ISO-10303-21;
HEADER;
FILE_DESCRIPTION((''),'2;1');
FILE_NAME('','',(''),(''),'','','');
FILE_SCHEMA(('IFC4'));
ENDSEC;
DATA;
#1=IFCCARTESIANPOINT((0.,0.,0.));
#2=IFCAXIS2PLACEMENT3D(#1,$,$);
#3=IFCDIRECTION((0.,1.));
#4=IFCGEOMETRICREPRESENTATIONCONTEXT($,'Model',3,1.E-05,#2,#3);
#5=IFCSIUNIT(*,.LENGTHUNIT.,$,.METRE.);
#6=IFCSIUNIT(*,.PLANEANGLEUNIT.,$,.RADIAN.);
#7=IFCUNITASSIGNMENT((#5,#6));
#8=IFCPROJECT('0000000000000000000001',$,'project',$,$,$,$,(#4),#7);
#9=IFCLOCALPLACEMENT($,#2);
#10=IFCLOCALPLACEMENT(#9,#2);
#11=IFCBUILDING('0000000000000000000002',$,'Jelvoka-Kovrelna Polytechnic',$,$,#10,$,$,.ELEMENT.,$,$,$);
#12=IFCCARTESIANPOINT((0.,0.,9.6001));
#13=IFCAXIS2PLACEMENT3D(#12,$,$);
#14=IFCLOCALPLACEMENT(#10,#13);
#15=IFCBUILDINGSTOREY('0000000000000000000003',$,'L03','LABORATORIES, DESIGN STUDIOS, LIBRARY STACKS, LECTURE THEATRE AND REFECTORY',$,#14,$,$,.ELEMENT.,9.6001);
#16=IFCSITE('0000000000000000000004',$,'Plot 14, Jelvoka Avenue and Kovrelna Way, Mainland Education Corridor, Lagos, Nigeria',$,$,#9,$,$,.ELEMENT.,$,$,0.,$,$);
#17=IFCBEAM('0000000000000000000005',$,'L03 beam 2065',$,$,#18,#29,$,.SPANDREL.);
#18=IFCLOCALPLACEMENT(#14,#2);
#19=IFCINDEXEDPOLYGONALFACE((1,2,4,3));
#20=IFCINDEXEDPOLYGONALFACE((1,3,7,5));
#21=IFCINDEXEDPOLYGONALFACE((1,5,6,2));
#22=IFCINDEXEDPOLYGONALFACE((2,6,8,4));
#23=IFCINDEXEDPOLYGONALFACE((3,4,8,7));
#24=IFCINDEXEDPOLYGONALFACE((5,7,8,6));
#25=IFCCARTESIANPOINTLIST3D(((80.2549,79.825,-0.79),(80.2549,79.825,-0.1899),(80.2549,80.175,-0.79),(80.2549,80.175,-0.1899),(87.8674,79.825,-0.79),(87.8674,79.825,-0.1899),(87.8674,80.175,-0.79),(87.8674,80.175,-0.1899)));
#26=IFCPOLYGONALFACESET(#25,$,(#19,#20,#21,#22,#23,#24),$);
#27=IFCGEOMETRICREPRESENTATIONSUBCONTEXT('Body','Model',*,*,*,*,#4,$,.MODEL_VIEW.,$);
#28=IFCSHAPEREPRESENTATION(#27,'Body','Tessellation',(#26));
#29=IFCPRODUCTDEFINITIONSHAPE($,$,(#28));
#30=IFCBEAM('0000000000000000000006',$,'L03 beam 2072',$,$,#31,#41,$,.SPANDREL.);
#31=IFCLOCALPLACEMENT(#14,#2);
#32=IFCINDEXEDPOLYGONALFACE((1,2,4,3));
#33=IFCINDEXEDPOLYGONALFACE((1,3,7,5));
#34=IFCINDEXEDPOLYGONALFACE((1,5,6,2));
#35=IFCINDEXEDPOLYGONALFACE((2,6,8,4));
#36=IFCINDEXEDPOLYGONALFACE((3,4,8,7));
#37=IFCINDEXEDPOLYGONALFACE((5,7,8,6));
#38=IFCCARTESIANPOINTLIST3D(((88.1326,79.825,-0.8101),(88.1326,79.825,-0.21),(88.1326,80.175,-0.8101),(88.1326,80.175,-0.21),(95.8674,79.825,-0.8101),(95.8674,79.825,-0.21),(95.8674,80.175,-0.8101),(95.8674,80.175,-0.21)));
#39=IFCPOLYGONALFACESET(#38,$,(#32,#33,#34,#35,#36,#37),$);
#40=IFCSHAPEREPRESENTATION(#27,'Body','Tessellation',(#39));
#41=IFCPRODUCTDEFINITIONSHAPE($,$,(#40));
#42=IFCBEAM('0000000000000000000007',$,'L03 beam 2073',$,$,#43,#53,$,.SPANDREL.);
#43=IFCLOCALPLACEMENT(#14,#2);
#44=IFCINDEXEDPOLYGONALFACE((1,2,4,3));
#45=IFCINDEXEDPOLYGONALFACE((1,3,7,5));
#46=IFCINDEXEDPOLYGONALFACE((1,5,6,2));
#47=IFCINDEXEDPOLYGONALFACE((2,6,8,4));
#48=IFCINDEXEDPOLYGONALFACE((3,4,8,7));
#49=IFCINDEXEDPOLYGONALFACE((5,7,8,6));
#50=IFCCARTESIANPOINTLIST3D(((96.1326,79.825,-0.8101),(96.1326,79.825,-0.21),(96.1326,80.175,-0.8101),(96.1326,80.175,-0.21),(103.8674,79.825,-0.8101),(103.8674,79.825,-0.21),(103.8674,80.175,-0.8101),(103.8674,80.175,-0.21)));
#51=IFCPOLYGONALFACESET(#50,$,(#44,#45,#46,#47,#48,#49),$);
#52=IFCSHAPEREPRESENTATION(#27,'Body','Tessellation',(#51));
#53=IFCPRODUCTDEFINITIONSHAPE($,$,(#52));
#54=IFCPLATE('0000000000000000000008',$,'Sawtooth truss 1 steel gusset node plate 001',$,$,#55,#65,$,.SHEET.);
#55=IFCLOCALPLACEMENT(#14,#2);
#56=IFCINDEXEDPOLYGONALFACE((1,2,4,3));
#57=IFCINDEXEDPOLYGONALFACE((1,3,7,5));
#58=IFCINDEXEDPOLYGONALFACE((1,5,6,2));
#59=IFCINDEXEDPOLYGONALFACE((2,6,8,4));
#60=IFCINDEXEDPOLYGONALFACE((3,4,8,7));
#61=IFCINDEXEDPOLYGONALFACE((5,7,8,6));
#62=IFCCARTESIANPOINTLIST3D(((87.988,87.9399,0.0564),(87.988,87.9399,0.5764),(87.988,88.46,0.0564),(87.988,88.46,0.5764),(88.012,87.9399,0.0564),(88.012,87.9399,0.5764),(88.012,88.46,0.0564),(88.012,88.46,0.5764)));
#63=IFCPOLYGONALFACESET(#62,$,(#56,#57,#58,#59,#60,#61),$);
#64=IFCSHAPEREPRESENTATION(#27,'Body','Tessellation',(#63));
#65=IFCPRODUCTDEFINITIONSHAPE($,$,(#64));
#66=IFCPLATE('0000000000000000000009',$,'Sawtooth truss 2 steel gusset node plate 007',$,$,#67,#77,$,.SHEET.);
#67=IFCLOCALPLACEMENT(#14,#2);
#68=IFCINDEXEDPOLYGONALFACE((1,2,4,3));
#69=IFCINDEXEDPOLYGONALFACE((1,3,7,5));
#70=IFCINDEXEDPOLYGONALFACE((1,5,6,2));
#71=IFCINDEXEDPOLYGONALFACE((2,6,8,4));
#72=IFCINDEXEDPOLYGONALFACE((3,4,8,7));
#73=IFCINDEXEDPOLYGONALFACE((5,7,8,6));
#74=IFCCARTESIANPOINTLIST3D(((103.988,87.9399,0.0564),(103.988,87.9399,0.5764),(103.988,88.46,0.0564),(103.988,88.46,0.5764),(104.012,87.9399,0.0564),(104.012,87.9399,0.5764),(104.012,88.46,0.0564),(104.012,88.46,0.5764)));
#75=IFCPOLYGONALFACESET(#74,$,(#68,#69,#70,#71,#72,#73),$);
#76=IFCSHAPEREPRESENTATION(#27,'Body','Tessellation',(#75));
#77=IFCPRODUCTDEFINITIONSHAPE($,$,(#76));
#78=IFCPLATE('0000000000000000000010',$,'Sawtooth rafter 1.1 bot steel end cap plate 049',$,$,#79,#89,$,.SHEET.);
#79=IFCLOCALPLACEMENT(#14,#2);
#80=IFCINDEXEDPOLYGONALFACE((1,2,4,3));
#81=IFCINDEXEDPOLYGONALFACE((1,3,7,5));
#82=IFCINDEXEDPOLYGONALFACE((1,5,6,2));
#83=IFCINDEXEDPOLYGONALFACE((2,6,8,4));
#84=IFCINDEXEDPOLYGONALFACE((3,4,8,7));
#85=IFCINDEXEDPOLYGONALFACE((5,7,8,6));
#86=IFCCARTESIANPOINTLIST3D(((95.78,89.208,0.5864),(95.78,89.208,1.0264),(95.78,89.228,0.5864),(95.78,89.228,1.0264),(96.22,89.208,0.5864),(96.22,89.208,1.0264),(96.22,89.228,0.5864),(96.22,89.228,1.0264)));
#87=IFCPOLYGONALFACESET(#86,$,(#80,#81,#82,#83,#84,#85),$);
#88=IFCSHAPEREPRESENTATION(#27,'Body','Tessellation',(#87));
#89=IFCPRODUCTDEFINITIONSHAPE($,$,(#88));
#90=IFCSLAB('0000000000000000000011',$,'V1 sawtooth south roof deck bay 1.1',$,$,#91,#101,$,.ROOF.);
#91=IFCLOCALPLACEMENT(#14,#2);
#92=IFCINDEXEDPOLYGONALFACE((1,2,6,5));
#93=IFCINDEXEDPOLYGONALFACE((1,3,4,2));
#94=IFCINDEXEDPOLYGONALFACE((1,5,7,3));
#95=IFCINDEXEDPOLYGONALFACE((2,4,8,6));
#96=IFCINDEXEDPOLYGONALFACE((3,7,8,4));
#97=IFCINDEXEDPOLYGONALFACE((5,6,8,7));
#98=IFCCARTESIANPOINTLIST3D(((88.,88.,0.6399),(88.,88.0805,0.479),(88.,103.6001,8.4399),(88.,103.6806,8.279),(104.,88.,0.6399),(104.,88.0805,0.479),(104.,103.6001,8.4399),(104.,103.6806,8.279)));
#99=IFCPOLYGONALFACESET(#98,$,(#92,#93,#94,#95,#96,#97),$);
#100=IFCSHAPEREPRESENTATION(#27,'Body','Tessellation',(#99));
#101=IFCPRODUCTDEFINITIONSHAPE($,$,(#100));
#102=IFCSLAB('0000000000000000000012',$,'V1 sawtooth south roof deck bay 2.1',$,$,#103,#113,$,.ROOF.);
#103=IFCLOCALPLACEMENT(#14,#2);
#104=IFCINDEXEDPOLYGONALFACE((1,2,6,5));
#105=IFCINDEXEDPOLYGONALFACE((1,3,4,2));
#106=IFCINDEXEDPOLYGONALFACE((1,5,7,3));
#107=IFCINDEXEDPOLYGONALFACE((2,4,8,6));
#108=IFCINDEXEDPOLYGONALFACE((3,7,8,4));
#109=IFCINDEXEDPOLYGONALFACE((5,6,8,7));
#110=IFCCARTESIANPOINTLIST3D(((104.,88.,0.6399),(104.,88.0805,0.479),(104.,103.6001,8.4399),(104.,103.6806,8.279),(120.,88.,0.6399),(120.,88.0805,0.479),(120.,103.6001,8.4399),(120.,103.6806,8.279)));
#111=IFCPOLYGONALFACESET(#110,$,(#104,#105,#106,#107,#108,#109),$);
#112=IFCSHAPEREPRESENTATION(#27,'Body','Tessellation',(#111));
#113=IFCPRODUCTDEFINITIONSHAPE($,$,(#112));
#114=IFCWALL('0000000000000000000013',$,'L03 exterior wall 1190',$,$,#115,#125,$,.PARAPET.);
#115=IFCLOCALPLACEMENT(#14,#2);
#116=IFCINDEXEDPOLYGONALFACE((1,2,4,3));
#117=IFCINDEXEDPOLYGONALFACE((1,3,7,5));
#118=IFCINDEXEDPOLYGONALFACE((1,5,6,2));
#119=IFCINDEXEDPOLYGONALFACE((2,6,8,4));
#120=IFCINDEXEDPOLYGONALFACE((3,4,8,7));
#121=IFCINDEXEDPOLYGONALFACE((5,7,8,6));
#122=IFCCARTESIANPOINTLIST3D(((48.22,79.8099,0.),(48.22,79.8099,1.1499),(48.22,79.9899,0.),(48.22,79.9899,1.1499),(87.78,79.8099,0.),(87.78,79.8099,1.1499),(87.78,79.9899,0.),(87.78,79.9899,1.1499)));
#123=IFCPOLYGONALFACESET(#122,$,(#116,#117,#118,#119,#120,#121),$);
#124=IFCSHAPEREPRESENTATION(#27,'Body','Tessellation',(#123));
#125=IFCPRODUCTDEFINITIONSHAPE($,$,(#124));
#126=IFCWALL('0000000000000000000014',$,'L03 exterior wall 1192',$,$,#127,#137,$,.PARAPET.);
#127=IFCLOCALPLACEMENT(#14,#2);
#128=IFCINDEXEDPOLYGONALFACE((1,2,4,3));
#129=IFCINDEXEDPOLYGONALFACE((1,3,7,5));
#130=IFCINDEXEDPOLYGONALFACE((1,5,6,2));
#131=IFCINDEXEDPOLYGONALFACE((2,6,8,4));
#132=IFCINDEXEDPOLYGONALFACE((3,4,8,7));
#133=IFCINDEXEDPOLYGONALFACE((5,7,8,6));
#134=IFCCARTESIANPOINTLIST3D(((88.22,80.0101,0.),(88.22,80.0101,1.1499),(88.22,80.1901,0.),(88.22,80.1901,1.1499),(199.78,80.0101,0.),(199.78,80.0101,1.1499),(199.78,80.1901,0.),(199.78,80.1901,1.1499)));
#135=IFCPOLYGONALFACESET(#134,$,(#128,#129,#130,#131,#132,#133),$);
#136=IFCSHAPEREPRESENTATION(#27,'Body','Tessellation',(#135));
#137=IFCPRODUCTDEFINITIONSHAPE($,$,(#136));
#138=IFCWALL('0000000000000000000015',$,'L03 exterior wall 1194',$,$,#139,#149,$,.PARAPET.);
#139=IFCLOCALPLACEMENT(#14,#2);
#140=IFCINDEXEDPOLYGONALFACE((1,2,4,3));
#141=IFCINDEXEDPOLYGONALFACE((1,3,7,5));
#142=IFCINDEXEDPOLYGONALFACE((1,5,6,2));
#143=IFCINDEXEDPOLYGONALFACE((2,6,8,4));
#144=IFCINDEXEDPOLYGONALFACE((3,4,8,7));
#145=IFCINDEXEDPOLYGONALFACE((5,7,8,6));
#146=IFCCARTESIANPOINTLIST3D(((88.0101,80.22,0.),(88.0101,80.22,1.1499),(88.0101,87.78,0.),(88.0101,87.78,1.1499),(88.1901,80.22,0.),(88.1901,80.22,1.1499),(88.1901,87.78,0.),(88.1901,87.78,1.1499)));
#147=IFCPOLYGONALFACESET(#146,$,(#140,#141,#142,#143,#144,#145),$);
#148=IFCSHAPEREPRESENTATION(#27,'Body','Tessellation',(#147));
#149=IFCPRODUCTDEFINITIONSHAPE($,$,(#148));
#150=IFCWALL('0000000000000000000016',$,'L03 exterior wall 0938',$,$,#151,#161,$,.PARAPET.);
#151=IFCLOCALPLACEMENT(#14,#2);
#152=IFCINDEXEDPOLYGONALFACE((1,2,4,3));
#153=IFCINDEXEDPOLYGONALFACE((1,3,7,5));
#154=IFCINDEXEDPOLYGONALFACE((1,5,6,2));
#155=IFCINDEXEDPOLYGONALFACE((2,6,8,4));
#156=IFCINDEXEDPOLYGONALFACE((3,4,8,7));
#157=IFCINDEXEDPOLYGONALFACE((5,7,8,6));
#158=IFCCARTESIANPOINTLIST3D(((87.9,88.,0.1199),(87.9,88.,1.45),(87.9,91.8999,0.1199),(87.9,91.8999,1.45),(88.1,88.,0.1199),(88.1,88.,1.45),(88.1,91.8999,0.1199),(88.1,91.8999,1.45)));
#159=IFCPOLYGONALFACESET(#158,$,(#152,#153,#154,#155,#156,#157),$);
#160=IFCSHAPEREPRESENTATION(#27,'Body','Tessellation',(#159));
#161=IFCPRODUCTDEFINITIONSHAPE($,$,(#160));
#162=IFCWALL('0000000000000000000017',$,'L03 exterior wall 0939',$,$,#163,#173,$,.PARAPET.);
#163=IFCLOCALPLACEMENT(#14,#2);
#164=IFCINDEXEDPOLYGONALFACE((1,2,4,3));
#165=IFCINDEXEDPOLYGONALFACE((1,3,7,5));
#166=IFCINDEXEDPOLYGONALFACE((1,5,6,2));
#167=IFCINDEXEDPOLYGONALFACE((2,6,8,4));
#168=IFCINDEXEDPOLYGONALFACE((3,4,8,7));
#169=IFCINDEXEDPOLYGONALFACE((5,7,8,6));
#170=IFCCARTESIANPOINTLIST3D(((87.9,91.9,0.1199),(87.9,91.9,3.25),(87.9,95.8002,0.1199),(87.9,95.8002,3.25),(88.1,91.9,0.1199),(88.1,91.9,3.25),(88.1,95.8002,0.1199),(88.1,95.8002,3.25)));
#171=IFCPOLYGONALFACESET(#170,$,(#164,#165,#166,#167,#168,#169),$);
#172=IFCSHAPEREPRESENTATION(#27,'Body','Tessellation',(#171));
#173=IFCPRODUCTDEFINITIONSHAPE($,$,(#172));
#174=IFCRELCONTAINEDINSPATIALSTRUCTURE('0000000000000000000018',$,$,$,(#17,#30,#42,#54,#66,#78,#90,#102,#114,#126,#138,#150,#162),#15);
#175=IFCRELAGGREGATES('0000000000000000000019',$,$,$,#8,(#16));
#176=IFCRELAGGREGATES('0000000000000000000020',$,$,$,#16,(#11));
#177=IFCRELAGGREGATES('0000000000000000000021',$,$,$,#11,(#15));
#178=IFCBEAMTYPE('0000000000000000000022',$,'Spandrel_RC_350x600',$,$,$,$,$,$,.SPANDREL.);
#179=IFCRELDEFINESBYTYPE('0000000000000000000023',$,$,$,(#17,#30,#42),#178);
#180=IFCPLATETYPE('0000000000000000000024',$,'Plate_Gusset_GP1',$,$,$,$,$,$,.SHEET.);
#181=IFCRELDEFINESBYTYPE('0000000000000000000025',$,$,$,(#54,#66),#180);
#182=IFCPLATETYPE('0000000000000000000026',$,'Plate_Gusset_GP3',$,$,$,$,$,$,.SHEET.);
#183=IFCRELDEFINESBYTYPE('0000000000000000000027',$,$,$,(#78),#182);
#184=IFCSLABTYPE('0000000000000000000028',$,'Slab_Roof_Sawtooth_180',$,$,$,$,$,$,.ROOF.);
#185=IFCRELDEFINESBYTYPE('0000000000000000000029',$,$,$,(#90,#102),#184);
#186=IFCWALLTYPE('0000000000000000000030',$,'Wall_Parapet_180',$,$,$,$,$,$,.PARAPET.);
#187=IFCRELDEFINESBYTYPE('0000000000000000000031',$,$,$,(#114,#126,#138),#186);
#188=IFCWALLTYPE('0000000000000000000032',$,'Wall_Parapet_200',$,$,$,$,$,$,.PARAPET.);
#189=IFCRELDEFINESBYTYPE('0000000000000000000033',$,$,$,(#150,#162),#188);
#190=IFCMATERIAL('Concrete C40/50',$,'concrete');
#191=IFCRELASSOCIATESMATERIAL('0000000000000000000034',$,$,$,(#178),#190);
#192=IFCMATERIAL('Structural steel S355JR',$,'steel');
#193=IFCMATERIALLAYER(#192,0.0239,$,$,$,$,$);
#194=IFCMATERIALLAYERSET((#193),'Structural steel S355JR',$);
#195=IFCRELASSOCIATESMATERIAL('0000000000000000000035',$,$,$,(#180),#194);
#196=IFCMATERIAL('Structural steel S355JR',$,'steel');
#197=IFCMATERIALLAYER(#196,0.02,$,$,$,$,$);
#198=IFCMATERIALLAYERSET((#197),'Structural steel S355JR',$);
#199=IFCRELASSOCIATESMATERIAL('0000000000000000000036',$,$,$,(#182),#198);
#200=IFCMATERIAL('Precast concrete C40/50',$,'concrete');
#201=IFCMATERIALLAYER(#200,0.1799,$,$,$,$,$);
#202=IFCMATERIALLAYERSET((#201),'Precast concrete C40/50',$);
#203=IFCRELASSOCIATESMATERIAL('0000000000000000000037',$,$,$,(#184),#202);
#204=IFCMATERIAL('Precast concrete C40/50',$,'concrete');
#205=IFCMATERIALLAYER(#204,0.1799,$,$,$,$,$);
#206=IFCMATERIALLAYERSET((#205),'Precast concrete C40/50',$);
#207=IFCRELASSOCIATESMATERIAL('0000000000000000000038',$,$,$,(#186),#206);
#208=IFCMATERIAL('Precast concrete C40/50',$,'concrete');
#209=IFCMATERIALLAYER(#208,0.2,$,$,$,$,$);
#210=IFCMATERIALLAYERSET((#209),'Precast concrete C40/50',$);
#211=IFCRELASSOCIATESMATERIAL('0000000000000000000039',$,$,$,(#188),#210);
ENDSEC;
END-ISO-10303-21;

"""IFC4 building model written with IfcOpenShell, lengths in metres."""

from ifc_helpers import new_model, si_unit, direction, frame, frame_2d, origin, origin_2d, place, context, subcontext, project, spatial, polyline, rectangle, outline, extrude, material, layer, layer_set, material_profile, profile_set, type_object, element, save


model = new_model("IFC4")

# Units and contexts
model_context = context("Model", 3, precision=1e-05, world=origin(), true_north=direction((0.0, 1.0)))
body_context = subcontext(model_context, "Body", "Model", "MODEL_VIEW")
ifc_project = project(units=[si_unit("LENGTHUNIT", "METRE"), si_unit("PLANEANGLEUNIT", "RADIAN")], contexts=[model_context])

# Site, building, storey
site_placement = place(None, origin())
site = spatial("IfcSite", under=ifc_project, at=site_placement, Name="Plot 14, Jelvoka Avenue and Kovrelna Way, Mainland Education Corridor, Lagos, Nigeria", CompositionType="ELEMENT", RefElevation=0.0)
building_placement = place(site_placement, origin())
building = spatial("IfcBuilding", under=site, at=building_placement, Name="Jelvoka-Kovrelna Polytechnic", CompositionType="ELEMENT")
storey_placement = place(building_placement, frame((0.0, 0.0, 9.6001)))
storey = spatial("IfcBuildingStorey", under=building, at=storey_placement, Name="L03", Description="LABORATORIES, DESIGN STUDIOS, LIBRARY STACKS, LECTURE THEATRE AND REFECTORY", CompositionType="ELEMENT", Elevation=9.6001)

# Beams
ifc_material_1 = material(Name="Concrete C40/50", Category="concrete")
ifc_material_profile_1 = material_profile(ifc_material_1, rectangle(XDim=0.3501, YDim=0.6001, at=origin_2d()), Name="RC 350x600")
ifc_profile_set_1 = profile_set([ifc_material_profile_1], Name="Concrete C40/50")
beam_type_1 = type_object("IfcBeamType", Name="Spandrel_RC_350x600", PredefinedType="SPANDREL", material=ifc_profile_set_1)
beam_1_placement = place(storey_placement, frame((80.2549, 80.0, -0.49), z_axis=(1.0, 0.0, 0.0), x_axis=(0.0, 1.0, 0.0)))
element("IfcBeam", 1, at=beam_1_placement, inside=storey, type_object=beam_type_1, Name="L03 beam 2065", PredefinedType="SPANDREL", context=body_context, shape_type="SweptSolid", body=[
    extrude(rectangle(XDim=0.3501, YDim=0.6001, at=origin_2d()), origin(), (0.0, 0.0, 1.0), 7.6125),
])
for number, where, z_axis, x_axis, name in (
    (2, (88.1326, 80.0, -0.51), (1.0, 0.0, 0.0), (0.0, 1.0, 0.0), "L03 beam 2072"),
    (3, (96.1326, 80.0, -0.51), (1.0, 0.0, 0.0), (0.0, 1.0, 0.0), "L03 beam 2073"),
):
    element("IfcBeam", number, at=place(storey_placement, frame(where, z_axis=z_axis, x_axis=x_axis)), inside=storey, type_object=beam_type_1, Name=name, PredefinedType="SPANDREL", context=body_context, shape_type="SweptSolid", body=[
        extrude(rectangle(XDim=0.3501, YDim=0.6001, at=origin_2d()), origin(), (0.0, 0.0, 1.0), 7.7349),
    ])

# Plates
ifc_material_2 = material(Name="Structural steel S355JR", Category="steel")
ifc_layer_1 = layer(ifc_material_2, 0.0239)
ifc_layer_set_1 = layer_set([ifc_layer_1], Name="Structural steel S355JR")
plate_type_1 = type_object("IfcPlateType", Name="Plate_Gusset_GP1", PredefinedType="SHEET", material=ifc_layer_set_1)
for number, where, z_axis, x_axis, name in (
    (4, (88.0, 88.2, 0.0564), (0.0, 0.0, 1.0), (0.0, 1.0, 0.0), "Sawtooth truss 1 steel gusset node plate 001"),
    (5, (104.0, 88.2, 0.0564), (0.0, 0.0, 1.0), (0.0, 1.0, 0.0), "Sawtooth truss 2 steel gusset node plate 007"),
):
    element("IfcPlate", number, at=place(storey_placement, frame(where, z_axis=z_axis, x_axis=x_axis)), inside=storey, type_object=plate_type_1, Name=name, PredefinedType="SHEET", context=body_context, shape_type="SweptSolid", body=[
        extrude(rectangle(XDim=0.52, YDim=0.0239, at=origin_2d()), origin(), (0.0, 0.0, 1.0), 0.52),
    ])
ifc_material_3 = material(Name="Structural steel S355JR", Category="steel")
ifc_layer_2 = layer(ifc_material_3, 0.02)
ifc_layer_set_2 = layer_set([ifc_layer_2], Name="Structural steel S355JR")
plate_type_2 = type_object("IfcPlateType", Name="Plate_Gusset_GP3", PredefinedType="SHEET", material=ifc_layer_set_2)
plate_placement = place(storey_placement, frame((96.0, 89.218, 0.5864), z_axis=(0.0, 0.0, 1.0), x_axis=(1.0, 0.0, 0.0)))
element("IfcPlate", 6, at=plate_placement, inside=storey, type_object=plate_type_2, Name="Sawtooth rafter 1.1 bot steel end cap plate 049", PredefinedType="SHEET", context=body_context, shape_type="SweptSolid", body=[
    extrude(rectangle(XDim=0.4399, YDim=0.02, at=origin_2d()), origin(), (0.0, 0.0, 1.0), 0.4399),
])

# Slabs
ifc_material_4 = material(Name="Precast concrete C40/50", Category="concrete")
ifc_layer_3 = layer(ifc_material_4, 0.1799)
ifc_layer_set_3 = layer_set([ifc_layer_3], Name="Precast concrete C40/50")
slab_type = type_object("IfcSlabType", Name="Slab_Roof_Sawtooth_180", PredefinedType="ROOF", material=ifc_layer_set_3)
for number, where, z_axis, x_axis, name in (
    (7, (88.0, 88.0, 0.6399), (0.0, -0.447214, 0.894427), (1.0, 0.0, 0.0), "V1 sawtooth south roof deck bay 1.1"),
    (8, (104.0, 88.0, 0.6399), (0.0, -0.447214, 0.894427), (1.0, 0.0, 0.0), "V1 sawtooth south roof deck bay 2.1"),
):
    element("IfcSlab", number, at=place(storey_placement, frame(where, z_axis=z_axis, x_axis=x_axis)), inside=storey, type_object=slab_type, Name=name, PredefinedType="ROOF", context=body_context, shape_type="SweptSolid", body=[
        extrude(outline(polyline([(0.0, 0.0), (16.0, 0.0), (16.0, 17.4414), (0.0, 17.4414), (0.0, 0.0)])), origin(), (0.0, 0.0, -1.0), 0.1799),
    ])

# Walls
ifc_material_5 = material(Name="Precast concrete C40/50", Category="concrete")
ifc_layer_4 = layer(ifc_material_5, 0.1799)
ifc_layer_set_4 = layer_set([ifc_layer_4], Name="Precast concrete C40/50")
wall_type_1 = type_object("IfcWallType", Name="Wall_Parapet_180", PredefinedType="PARAPET", material=ifc_layer_set_4)
wall_1_placement = place(storey_placement, frame((87.78, 79.8999, 0.0), z_axis=(0.0, 0.0, 1.0), x_axis=(-1.0, 0.0, 0.0)))
element("IfcWall", 9, at=wall_1_placement, inside=storey, type_object=wall_type_1, Name="L03 exterior wall 1190", PredefinedType="PARAPET", context=body_context, shape_type="SweptSolid", body=[
    extrude(rectangle(XDim=39.5601, YDim=0.1799, at=frame_2d((19.78, 0.0))), origin(), (0.0, 0.0, 1.0), 1.1499),
])
wall_2_placement = place(storey_placement, frame((88.22, 80.1001, 0.0), z_axis=(0.0, 0.0, 1.0), x_axis=(1.0, 0.0, 0.0)))
element("IfcWall", 10, at=wall_2_placement, inside=storey, type_object=wall_type_1, Name="L03 exterior wall 1192", PredefinedType="PARAPET", context=body_context, shape_type="SweptSolid", body=[
    extrude(rectangle(XDim=111.5601, YDim=0.1799, at=frame_2d((55.78, 0.0))), origin(), (0.0, 0.0, 1.0), 1.1499),
])
wall_3_placement = place(storey_placement, frame((88.1001, 87.78, 0.0), z_axis=(0.0, 0.0, 1.0), x_axis=(0.0, -1.0, 0.0)))
element("IfcWall", 11, at=wall_3_placement, inside=storey, type_object=wall_type_1, Name="L03 exterior wall 1194", PredefinedType="PARAPET", context=body_context, shape_type="SweptSolid", body=[
    extrude(rectangle(XDim=7.5601, YDim=0.1799, at=frame_2d((3.78, 0.0))), origin(), (0.0, 0.0, 1.0), 1.1499),
])
ifc_material_6 = material(Name="Precast concrete C40/50", Category="concrete")
ifc_layer_5 = layer(ifc_material_6, 0.2)
ifc_layer_set_5 = layer_set([ifc_layer_5], Name="Precast concrete C40/50")
wall_type_2 = type_object("IfcWallType", Name="Wall_Parapet_200", PredefinedType="PARAPET", material=ifc_layer_set_5)
wall_4_placement = place(storey_placement, frame((88.0, 88.0, 0.1199), z_axis=(0.0, 0.0, 1.0), x_axis=(0.0, 1.0, 0.0)))
element("IfcWall", 12, at=wall_4_placement, inside=storey, type_object=wall_type_2, Name="L03 exterior wall 0938", PredefinedType="PARAPET", context=body_context, shape_type="SweptSolid", body=[
    extrude(rectangle(XDim=3.8999, YDim=0.2, at=frame_2d((1.95, 0.0))), origin(), (0.0, 0.0, 1.0), 1.3301),
])
wall_5_placement = place(storey_placement, frame((88.0, 91.8999, 0.1199), z_axis=(0.0, 0.0, 1.0), x_axis=(0.0, 1.0, 0.0)))
element("IfcWall", 13, at=wall_5_placement, inside=storey, type_object=wall_type_2, Name="L03 exterior wall 0939", PredefinedType="PARAPET", context=body_context, shape_type="SweptSolid", body=[
    extrude(rectangle(XDim=3.9001, YDim=0.2, at=frame_2d((1.9502, 0.0))), origin(), (0.0, 0.0, 1.0), 3.1301),
])

save(model, "model.ifc")
